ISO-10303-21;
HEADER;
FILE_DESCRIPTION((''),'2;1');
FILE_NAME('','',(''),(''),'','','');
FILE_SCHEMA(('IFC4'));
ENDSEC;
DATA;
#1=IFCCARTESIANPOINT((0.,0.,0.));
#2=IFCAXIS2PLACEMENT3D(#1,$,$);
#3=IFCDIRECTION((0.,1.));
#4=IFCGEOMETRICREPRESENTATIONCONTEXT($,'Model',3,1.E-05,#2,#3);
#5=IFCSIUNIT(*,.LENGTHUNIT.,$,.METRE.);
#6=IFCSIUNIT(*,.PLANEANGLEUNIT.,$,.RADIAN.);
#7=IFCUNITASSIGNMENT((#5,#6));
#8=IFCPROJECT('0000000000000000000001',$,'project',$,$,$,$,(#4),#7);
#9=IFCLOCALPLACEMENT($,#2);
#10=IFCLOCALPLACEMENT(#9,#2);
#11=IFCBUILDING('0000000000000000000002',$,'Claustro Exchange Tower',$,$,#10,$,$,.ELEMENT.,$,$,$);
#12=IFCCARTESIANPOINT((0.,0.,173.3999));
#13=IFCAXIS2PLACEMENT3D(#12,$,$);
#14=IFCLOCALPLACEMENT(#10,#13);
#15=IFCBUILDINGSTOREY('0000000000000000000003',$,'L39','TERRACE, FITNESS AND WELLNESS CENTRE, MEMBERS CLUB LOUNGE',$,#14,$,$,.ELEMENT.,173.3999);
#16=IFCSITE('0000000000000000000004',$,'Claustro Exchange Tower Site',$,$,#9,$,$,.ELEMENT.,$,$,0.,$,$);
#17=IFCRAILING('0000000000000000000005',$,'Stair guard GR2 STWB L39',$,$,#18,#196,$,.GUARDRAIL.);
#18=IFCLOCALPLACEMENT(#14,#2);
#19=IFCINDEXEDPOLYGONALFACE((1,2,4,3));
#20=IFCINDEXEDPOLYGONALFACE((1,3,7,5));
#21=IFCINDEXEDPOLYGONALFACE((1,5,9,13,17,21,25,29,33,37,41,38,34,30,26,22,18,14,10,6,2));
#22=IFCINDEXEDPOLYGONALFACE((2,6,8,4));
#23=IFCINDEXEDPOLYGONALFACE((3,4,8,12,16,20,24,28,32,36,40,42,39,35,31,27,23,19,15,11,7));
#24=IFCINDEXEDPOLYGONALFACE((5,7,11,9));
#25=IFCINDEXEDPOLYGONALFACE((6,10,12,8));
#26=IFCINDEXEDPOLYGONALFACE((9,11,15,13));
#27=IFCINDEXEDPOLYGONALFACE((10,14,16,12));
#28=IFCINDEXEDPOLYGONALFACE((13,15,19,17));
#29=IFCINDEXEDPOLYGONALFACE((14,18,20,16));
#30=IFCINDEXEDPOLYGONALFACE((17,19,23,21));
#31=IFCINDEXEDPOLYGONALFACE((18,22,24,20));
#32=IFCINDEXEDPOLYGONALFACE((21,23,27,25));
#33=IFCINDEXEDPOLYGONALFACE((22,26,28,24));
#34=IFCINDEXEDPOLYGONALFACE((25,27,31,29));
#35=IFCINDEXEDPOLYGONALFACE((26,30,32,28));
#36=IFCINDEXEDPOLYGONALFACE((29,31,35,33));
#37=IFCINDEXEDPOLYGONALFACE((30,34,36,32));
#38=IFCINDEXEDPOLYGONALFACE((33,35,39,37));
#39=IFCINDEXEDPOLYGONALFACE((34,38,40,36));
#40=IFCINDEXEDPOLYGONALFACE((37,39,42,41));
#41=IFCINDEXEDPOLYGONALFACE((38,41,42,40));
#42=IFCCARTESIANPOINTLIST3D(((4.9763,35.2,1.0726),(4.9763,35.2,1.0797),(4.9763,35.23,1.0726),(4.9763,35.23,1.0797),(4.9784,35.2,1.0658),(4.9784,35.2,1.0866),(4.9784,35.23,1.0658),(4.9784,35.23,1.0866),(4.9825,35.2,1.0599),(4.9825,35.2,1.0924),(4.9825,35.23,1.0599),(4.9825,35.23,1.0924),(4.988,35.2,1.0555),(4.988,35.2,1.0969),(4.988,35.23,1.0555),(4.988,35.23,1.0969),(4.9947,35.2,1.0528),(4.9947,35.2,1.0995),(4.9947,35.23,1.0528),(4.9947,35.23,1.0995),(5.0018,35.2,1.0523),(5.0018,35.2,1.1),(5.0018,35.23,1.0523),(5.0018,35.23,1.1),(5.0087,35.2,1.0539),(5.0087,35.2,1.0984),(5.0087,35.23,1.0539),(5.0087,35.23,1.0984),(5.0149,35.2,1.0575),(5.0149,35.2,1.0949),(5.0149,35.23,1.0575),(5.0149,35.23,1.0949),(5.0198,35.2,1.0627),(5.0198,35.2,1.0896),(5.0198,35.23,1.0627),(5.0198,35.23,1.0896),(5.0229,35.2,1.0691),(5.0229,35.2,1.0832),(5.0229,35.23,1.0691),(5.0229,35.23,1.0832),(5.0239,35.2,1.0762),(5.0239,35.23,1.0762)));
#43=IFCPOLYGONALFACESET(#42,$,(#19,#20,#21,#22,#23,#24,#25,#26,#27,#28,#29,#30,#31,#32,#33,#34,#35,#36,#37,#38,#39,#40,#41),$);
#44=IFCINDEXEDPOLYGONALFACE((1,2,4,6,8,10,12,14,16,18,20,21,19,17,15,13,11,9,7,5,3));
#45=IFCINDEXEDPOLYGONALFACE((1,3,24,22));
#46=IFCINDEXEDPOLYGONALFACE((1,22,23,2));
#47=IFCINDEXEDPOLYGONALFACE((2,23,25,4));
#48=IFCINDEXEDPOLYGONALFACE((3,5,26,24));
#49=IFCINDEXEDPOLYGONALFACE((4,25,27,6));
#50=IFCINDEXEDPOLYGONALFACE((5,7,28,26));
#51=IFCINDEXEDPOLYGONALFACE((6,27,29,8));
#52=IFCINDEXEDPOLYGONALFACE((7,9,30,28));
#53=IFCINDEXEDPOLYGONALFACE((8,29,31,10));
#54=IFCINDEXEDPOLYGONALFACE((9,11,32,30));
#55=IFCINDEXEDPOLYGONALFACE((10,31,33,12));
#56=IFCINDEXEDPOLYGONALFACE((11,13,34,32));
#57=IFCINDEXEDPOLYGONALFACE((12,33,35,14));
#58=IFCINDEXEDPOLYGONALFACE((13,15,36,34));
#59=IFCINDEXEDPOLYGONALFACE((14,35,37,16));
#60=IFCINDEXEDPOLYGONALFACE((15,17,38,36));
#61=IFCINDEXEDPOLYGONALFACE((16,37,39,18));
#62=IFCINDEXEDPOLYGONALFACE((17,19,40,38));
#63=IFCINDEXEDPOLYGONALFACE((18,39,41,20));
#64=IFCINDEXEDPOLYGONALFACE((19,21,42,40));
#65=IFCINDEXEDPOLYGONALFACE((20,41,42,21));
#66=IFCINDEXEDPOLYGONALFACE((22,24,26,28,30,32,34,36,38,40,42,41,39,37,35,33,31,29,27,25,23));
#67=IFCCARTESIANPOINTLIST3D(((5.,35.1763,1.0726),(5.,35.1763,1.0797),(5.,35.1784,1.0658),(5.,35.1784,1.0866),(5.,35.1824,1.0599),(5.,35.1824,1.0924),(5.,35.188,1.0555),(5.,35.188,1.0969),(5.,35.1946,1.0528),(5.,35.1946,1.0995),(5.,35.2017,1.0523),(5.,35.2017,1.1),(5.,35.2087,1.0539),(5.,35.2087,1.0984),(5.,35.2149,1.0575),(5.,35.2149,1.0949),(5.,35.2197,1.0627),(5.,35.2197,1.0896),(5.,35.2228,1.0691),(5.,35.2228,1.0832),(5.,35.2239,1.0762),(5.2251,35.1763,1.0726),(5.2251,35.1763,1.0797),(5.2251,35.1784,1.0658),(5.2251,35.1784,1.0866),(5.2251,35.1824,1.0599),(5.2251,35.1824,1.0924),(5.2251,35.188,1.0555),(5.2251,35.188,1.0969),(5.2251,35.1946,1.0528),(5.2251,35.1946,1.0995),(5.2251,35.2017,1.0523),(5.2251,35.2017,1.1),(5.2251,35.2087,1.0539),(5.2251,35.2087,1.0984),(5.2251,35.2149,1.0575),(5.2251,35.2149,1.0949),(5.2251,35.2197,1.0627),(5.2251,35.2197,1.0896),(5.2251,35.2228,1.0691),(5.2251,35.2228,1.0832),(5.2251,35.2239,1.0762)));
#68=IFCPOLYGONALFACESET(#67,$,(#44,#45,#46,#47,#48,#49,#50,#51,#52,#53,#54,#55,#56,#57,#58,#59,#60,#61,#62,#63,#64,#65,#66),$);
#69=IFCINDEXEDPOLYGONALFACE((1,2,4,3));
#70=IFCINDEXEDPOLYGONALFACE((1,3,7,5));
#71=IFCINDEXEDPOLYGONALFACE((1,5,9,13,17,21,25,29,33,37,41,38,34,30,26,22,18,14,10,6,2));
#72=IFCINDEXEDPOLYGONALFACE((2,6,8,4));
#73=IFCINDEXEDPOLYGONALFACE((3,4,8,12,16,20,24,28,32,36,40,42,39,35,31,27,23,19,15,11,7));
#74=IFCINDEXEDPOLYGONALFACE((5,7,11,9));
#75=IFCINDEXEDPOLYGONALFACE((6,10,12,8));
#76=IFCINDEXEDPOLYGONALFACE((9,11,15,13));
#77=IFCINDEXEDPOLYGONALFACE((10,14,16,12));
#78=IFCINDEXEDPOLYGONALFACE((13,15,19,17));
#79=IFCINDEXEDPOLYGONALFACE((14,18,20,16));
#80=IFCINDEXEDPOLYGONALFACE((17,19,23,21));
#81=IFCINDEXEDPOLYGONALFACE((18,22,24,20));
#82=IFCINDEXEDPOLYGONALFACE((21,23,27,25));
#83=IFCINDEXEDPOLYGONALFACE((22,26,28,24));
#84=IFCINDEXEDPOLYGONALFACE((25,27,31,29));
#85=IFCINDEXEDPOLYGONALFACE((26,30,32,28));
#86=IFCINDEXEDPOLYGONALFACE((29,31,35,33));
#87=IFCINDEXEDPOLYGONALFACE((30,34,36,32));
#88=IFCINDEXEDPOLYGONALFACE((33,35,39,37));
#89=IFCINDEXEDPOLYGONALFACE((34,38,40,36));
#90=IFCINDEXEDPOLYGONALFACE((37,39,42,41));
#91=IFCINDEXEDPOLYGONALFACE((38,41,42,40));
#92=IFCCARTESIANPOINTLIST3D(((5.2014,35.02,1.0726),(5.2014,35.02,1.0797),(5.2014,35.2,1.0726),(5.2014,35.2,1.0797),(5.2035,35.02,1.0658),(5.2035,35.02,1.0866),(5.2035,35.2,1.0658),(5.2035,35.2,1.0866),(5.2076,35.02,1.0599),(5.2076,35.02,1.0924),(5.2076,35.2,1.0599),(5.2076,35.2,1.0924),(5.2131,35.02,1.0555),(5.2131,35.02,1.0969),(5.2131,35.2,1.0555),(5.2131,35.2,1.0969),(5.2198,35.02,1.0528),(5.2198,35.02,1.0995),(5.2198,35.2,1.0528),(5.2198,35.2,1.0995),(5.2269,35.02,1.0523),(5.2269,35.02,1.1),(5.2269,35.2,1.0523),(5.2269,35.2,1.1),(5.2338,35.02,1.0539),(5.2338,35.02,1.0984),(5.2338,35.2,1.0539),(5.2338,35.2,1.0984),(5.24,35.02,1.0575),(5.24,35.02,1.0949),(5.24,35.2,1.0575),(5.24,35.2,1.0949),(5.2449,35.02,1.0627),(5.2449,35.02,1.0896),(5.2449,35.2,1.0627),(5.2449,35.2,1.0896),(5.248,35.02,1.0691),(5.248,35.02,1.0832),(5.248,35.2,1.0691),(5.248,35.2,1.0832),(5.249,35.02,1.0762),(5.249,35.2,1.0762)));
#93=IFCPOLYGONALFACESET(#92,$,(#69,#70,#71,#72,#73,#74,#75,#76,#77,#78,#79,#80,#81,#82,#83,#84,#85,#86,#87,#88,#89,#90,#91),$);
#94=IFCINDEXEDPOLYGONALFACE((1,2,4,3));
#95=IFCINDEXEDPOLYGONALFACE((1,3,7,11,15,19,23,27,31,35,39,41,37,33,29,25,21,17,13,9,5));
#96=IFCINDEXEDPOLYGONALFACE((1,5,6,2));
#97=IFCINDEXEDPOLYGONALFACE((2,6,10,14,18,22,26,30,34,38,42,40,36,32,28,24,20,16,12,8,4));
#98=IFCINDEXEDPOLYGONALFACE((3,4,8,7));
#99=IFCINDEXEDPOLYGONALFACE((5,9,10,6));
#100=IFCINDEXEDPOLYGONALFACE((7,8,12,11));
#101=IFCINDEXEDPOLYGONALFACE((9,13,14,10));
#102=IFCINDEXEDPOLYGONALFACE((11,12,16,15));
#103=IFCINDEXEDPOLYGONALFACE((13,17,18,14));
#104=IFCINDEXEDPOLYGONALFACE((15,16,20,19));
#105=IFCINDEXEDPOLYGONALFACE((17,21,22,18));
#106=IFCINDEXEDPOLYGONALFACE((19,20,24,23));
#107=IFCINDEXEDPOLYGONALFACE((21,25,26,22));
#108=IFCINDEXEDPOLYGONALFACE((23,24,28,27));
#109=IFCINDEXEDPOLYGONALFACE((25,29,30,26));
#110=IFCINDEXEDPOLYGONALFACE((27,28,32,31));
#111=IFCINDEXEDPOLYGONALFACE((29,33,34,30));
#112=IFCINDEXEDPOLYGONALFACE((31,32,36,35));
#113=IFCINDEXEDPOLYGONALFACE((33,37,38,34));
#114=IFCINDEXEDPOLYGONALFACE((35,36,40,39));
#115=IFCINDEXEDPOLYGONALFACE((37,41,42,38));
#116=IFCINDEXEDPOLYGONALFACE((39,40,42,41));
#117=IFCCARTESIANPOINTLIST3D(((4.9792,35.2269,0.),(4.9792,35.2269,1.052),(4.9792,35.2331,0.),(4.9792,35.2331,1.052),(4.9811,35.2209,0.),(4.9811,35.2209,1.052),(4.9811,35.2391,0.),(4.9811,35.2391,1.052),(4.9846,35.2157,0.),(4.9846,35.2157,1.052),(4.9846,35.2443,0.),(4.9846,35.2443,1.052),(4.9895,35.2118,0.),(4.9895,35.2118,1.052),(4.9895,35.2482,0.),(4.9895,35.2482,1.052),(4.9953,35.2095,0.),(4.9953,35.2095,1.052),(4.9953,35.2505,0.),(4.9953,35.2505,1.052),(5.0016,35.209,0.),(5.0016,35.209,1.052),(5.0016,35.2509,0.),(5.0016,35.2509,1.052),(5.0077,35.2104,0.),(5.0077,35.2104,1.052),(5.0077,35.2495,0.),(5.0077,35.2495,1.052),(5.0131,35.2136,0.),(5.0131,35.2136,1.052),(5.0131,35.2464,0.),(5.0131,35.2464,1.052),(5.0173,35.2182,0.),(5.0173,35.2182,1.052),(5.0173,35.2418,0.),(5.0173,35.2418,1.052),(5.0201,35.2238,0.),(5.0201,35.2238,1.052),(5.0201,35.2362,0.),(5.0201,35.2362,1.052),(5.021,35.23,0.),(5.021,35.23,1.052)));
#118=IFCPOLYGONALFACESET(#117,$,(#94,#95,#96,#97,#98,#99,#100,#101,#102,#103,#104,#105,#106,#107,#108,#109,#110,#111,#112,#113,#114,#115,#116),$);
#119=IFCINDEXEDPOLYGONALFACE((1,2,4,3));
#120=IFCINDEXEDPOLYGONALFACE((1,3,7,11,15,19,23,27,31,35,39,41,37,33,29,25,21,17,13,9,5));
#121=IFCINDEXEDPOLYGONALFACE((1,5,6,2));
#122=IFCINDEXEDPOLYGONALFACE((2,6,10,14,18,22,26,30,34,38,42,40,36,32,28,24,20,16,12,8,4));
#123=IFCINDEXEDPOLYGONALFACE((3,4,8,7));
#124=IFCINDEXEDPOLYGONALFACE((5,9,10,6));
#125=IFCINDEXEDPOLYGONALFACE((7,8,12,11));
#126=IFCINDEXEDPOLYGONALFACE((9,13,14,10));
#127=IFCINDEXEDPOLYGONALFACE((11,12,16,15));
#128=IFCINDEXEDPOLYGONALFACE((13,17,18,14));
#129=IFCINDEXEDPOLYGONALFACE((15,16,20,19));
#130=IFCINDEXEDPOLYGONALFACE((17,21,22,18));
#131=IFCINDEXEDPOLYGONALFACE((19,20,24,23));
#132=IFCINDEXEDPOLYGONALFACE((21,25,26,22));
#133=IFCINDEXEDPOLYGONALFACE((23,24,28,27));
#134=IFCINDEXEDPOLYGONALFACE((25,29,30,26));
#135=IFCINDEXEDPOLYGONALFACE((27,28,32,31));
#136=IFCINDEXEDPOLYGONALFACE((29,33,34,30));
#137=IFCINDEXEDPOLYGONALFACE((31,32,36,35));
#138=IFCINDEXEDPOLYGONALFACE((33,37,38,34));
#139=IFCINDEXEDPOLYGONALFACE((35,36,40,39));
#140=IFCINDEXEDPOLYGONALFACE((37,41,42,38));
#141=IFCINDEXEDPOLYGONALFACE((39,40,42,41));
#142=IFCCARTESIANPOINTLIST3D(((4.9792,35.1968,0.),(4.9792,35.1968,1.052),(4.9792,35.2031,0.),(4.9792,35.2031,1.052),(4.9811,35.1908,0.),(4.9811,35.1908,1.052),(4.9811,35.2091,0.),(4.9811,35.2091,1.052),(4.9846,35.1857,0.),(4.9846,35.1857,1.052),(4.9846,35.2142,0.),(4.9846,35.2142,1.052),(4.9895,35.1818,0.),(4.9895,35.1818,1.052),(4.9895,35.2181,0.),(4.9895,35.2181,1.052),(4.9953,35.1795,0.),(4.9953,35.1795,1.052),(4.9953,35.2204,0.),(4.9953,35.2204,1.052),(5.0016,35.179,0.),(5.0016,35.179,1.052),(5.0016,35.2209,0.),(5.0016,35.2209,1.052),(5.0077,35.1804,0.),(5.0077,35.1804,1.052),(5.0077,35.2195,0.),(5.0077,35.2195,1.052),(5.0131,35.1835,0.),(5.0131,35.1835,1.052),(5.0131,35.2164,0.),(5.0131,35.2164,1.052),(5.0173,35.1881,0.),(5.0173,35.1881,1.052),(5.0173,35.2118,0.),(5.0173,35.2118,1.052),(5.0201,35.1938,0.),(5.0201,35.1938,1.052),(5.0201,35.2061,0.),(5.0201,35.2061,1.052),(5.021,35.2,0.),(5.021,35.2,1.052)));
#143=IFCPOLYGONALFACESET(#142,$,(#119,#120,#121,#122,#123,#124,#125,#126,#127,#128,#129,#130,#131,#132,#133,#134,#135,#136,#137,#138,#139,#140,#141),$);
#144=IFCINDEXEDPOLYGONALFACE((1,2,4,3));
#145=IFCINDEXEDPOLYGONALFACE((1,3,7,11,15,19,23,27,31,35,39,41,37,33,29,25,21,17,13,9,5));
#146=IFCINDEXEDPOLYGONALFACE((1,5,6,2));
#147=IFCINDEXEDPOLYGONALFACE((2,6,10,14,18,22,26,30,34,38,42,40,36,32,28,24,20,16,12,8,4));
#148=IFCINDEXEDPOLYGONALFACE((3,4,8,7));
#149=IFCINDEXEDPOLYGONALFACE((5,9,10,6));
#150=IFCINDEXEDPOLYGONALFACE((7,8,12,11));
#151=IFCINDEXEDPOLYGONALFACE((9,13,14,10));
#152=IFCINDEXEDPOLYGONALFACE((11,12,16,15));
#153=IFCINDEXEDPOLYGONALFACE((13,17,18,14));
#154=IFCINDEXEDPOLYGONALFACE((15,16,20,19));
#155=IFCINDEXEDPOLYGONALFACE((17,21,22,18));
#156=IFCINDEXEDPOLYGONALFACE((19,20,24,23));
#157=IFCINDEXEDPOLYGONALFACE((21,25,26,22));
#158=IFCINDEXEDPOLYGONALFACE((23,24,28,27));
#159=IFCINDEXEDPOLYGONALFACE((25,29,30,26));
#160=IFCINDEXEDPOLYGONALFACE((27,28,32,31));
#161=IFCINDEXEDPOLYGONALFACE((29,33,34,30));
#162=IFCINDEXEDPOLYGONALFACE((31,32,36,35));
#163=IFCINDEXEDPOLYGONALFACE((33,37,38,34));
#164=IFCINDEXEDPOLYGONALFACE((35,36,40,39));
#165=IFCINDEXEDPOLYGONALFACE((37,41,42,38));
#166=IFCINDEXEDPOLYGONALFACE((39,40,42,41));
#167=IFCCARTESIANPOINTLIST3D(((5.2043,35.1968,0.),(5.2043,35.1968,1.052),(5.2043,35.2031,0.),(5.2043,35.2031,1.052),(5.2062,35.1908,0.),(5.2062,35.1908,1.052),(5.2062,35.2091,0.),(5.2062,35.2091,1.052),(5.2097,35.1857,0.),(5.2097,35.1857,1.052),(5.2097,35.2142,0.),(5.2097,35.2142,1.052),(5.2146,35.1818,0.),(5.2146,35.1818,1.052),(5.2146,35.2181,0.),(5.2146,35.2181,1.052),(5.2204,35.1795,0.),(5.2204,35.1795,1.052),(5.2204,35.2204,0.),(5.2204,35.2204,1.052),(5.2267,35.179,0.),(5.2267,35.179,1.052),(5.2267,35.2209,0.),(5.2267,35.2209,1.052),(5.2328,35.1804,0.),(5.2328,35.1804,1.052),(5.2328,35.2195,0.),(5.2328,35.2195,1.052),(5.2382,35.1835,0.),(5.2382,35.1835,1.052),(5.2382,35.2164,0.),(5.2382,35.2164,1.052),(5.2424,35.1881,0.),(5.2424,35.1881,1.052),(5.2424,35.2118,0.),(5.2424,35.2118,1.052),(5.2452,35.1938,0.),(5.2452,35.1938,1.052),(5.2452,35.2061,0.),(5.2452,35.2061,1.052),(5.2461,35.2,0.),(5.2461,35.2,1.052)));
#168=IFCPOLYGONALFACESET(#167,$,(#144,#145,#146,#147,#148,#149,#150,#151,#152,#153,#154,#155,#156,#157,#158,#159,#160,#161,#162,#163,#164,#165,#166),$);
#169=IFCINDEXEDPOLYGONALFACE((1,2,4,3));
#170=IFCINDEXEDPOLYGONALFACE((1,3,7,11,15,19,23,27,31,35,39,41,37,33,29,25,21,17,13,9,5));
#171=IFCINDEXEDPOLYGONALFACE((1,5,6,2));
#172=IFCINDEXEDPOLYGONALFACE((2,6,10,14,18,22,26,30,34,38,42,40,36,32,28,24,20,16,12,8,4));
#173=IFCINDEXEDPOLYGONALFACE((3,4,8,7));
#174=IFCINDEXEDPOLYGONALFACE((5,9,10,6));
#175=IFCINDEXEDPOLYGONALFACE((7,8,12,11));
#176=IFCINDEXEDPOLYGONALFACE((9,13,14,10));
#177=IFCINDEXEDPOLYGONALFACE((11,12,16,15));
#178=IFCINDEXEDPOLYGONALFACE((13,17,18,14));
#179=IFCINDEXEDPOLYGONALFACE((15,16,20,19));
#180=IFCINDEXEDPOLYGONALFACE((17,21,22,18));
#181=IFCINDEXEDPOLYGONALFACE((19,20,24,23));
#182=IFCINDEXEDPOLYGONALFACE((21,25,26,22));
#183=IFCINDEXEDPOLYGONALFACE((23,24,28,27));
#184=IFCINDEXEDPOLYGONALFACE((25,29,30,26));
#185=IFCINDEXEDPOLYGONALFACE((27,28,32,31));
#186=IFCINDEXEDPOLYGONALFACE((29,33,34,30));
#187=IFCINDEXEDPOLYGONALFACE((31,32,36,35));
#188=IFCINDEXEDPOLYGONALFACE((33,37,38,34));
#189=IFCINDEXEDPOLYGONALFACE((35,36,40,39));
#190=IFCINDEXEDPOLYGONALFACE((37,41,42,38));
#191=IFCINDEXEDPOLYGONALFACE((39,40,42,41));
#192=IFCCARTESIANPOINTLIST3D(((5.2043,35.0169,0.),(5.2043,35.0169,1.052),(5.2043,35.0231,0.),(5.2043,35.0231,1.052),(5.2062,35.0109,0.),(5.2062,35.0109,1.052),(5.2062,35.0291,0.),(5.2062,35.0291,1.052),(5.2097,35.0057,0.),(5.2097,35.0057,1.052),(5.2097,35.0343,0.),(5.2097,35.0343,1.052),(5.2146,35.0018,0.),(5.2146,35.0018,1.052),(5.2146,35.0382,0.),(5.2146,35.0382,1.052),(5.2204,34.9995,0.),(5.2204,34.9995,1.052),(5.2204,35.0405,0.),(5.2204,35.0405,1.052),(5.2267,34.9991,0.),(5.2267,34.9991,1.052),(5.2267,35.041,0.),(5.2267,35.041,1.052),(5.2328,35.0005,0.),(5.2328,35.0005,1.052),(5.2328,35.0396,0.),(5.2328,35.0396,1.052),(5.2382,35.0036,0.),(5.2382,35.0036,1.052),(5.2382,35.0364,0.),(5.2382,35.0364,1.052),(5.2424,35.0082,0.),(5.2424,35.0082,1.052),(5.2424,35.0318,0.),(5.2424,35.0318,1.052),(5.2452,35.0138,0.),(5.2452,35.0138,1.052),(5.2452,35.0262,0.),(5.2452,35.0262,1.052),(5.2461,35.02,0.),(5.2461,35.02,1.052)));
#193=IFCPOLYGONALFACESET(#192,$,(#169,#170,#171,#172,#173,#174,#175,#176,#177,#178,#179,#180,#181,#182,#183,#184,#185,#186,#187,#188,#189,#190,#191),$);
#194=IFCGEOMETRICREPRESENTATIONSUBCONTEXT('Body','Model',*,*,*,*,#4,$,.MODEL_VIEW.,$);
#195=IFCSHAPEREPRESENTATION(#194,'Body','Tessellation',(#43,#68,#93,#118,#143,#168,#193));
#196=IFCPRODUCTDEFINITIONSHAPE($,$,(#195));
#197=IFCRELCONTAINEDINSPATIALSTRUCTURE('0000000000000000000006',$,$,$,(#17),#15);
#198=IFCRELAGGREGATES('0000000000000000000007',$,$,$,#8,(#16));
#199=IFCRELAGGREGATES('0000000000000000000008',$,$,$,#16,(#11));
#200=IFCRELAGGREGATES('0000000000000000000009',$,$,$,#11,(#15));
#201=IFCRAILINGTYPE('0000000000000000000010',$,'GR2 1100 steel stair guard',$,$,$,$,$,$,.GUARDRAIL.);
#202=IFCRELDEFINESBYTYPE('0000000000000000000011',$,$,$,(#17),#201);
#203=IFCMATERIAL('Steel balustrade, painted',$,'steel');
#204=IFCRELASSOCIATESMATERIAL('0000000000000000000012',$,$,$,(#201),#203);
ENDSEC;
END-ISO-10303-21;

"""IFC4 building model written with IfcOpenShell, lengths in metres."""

from ifc_helpers import new_model, si_unit, direction, frame, origin, origin_2d, place, context, subcontext, project, spatial, circle, extrude, material, type_object, element, save


model = new_model("IFC4")

# Units and contexts
model_context = context("Model", 3, precision=1e-05, world=origin(), true_north=direction((0.0, 1.0)))
body_context = subcontext(model_context, "Body", "Model", "MODEL_VIEW")
ifc_project = project(units=[si_unit("LENGTHUNIT", "METRE"), si_unit("PLANEANGLEUNIT", "RADIAN")], contexts=[model_context])

# Site, building, storey
site_placement = place(None, origin())
site = spatial("IfcSite", under=ifc_project, at=site_placement, Name="Claustro Exchange Tower Site", CompositionType="ELEMENT", RefElevation=0.0)
building_placement = place(site_placement, origin())
building = spatial("IfcBuilding", under=site, at=building_placement, Name="Claustro Exchange Tower", CompositionType="ELEMENT")
storey_placement = place(building_placement, frame((0.0, 0.0, 173.3999)))
storey = spatial("IfcBuildingStorey", under=building, at=storey_placement, Name="L39", Description="TERRACE, FITNESS AND WELLNESS CENTRE, MEMBERS CLUB LOUNGE", CompositionType="ELEMENT", Elevation=173.3999)

# Railing
ifc_material_1 = material(Name="Steel balustrade, painted", Category="steel")
railing_type_1 = type_object("IfcRailingType", Name="GR2 1100 steel stair guard", PredefinedType="GUARDRAIL", material=ifc_material_1)
railing_1_placement = place(storey_placement, frame((5.0, 35.23, 0.0)))
element("IfcRailing", 1, at=railing_1_placement, inside=storey, type_object=railing_type_1, Name="Stair guard GR2 STWB L39", PredefinedType="GUARDRAIL", context=body_context, shape_type="SweptSolid", body=[
    extrude(circle(Radius=0.0239, at=origin_2d()), frame((0.0, 0.0, 1.0762), z_axis=(0.0, -1.0, 0.0), x_axis=(1.0, 0.0, 0.0)), (0.0, 0.0, 1.0), 0.03),
    extrude(circle(Radius=0.0239, at=origin_2d()), frame((0.0, -0.03, 1.0762), z_axis=(1.0, 0.0, 0.0), x_axis=(0.0, 1.0, 0.0)), (0.0, 0.0, 1.0), 0.2251),
    extrude(circle(Radius=0.0239, at=origin_2d()), frame((0.2251, -0.03, 1.0762), z_axis=(0.0, -1.0, 0.0), x_axis=(1.0, 0.0, 0.0)), (0.0, 0.0, 1.0), 0.1799),
    extrude(circle(Radius=0.021, at=origin_2d()), origin(), (0.0, 0.0, 1.0), 1.052),
    extrude(circle(Radius=0.021, at=origin_2d()), frame((0.0, -0.03, 0.0)), (0.0, 0.0, 1.0), 1.052),
    extrude(circle(Radius=0.021, at=origin_2d()), frame((0.2251, -0.03, 0.0)), (0.0, 0.0, 1.0), 1.052),
    extrude(circle(Radius=0.021, at=origin_2d()), frame((0.2251, -0.21, 0.0)), (0.0, 0.0, 1.0), 1.052),
])

save(model, "model.ifc")
